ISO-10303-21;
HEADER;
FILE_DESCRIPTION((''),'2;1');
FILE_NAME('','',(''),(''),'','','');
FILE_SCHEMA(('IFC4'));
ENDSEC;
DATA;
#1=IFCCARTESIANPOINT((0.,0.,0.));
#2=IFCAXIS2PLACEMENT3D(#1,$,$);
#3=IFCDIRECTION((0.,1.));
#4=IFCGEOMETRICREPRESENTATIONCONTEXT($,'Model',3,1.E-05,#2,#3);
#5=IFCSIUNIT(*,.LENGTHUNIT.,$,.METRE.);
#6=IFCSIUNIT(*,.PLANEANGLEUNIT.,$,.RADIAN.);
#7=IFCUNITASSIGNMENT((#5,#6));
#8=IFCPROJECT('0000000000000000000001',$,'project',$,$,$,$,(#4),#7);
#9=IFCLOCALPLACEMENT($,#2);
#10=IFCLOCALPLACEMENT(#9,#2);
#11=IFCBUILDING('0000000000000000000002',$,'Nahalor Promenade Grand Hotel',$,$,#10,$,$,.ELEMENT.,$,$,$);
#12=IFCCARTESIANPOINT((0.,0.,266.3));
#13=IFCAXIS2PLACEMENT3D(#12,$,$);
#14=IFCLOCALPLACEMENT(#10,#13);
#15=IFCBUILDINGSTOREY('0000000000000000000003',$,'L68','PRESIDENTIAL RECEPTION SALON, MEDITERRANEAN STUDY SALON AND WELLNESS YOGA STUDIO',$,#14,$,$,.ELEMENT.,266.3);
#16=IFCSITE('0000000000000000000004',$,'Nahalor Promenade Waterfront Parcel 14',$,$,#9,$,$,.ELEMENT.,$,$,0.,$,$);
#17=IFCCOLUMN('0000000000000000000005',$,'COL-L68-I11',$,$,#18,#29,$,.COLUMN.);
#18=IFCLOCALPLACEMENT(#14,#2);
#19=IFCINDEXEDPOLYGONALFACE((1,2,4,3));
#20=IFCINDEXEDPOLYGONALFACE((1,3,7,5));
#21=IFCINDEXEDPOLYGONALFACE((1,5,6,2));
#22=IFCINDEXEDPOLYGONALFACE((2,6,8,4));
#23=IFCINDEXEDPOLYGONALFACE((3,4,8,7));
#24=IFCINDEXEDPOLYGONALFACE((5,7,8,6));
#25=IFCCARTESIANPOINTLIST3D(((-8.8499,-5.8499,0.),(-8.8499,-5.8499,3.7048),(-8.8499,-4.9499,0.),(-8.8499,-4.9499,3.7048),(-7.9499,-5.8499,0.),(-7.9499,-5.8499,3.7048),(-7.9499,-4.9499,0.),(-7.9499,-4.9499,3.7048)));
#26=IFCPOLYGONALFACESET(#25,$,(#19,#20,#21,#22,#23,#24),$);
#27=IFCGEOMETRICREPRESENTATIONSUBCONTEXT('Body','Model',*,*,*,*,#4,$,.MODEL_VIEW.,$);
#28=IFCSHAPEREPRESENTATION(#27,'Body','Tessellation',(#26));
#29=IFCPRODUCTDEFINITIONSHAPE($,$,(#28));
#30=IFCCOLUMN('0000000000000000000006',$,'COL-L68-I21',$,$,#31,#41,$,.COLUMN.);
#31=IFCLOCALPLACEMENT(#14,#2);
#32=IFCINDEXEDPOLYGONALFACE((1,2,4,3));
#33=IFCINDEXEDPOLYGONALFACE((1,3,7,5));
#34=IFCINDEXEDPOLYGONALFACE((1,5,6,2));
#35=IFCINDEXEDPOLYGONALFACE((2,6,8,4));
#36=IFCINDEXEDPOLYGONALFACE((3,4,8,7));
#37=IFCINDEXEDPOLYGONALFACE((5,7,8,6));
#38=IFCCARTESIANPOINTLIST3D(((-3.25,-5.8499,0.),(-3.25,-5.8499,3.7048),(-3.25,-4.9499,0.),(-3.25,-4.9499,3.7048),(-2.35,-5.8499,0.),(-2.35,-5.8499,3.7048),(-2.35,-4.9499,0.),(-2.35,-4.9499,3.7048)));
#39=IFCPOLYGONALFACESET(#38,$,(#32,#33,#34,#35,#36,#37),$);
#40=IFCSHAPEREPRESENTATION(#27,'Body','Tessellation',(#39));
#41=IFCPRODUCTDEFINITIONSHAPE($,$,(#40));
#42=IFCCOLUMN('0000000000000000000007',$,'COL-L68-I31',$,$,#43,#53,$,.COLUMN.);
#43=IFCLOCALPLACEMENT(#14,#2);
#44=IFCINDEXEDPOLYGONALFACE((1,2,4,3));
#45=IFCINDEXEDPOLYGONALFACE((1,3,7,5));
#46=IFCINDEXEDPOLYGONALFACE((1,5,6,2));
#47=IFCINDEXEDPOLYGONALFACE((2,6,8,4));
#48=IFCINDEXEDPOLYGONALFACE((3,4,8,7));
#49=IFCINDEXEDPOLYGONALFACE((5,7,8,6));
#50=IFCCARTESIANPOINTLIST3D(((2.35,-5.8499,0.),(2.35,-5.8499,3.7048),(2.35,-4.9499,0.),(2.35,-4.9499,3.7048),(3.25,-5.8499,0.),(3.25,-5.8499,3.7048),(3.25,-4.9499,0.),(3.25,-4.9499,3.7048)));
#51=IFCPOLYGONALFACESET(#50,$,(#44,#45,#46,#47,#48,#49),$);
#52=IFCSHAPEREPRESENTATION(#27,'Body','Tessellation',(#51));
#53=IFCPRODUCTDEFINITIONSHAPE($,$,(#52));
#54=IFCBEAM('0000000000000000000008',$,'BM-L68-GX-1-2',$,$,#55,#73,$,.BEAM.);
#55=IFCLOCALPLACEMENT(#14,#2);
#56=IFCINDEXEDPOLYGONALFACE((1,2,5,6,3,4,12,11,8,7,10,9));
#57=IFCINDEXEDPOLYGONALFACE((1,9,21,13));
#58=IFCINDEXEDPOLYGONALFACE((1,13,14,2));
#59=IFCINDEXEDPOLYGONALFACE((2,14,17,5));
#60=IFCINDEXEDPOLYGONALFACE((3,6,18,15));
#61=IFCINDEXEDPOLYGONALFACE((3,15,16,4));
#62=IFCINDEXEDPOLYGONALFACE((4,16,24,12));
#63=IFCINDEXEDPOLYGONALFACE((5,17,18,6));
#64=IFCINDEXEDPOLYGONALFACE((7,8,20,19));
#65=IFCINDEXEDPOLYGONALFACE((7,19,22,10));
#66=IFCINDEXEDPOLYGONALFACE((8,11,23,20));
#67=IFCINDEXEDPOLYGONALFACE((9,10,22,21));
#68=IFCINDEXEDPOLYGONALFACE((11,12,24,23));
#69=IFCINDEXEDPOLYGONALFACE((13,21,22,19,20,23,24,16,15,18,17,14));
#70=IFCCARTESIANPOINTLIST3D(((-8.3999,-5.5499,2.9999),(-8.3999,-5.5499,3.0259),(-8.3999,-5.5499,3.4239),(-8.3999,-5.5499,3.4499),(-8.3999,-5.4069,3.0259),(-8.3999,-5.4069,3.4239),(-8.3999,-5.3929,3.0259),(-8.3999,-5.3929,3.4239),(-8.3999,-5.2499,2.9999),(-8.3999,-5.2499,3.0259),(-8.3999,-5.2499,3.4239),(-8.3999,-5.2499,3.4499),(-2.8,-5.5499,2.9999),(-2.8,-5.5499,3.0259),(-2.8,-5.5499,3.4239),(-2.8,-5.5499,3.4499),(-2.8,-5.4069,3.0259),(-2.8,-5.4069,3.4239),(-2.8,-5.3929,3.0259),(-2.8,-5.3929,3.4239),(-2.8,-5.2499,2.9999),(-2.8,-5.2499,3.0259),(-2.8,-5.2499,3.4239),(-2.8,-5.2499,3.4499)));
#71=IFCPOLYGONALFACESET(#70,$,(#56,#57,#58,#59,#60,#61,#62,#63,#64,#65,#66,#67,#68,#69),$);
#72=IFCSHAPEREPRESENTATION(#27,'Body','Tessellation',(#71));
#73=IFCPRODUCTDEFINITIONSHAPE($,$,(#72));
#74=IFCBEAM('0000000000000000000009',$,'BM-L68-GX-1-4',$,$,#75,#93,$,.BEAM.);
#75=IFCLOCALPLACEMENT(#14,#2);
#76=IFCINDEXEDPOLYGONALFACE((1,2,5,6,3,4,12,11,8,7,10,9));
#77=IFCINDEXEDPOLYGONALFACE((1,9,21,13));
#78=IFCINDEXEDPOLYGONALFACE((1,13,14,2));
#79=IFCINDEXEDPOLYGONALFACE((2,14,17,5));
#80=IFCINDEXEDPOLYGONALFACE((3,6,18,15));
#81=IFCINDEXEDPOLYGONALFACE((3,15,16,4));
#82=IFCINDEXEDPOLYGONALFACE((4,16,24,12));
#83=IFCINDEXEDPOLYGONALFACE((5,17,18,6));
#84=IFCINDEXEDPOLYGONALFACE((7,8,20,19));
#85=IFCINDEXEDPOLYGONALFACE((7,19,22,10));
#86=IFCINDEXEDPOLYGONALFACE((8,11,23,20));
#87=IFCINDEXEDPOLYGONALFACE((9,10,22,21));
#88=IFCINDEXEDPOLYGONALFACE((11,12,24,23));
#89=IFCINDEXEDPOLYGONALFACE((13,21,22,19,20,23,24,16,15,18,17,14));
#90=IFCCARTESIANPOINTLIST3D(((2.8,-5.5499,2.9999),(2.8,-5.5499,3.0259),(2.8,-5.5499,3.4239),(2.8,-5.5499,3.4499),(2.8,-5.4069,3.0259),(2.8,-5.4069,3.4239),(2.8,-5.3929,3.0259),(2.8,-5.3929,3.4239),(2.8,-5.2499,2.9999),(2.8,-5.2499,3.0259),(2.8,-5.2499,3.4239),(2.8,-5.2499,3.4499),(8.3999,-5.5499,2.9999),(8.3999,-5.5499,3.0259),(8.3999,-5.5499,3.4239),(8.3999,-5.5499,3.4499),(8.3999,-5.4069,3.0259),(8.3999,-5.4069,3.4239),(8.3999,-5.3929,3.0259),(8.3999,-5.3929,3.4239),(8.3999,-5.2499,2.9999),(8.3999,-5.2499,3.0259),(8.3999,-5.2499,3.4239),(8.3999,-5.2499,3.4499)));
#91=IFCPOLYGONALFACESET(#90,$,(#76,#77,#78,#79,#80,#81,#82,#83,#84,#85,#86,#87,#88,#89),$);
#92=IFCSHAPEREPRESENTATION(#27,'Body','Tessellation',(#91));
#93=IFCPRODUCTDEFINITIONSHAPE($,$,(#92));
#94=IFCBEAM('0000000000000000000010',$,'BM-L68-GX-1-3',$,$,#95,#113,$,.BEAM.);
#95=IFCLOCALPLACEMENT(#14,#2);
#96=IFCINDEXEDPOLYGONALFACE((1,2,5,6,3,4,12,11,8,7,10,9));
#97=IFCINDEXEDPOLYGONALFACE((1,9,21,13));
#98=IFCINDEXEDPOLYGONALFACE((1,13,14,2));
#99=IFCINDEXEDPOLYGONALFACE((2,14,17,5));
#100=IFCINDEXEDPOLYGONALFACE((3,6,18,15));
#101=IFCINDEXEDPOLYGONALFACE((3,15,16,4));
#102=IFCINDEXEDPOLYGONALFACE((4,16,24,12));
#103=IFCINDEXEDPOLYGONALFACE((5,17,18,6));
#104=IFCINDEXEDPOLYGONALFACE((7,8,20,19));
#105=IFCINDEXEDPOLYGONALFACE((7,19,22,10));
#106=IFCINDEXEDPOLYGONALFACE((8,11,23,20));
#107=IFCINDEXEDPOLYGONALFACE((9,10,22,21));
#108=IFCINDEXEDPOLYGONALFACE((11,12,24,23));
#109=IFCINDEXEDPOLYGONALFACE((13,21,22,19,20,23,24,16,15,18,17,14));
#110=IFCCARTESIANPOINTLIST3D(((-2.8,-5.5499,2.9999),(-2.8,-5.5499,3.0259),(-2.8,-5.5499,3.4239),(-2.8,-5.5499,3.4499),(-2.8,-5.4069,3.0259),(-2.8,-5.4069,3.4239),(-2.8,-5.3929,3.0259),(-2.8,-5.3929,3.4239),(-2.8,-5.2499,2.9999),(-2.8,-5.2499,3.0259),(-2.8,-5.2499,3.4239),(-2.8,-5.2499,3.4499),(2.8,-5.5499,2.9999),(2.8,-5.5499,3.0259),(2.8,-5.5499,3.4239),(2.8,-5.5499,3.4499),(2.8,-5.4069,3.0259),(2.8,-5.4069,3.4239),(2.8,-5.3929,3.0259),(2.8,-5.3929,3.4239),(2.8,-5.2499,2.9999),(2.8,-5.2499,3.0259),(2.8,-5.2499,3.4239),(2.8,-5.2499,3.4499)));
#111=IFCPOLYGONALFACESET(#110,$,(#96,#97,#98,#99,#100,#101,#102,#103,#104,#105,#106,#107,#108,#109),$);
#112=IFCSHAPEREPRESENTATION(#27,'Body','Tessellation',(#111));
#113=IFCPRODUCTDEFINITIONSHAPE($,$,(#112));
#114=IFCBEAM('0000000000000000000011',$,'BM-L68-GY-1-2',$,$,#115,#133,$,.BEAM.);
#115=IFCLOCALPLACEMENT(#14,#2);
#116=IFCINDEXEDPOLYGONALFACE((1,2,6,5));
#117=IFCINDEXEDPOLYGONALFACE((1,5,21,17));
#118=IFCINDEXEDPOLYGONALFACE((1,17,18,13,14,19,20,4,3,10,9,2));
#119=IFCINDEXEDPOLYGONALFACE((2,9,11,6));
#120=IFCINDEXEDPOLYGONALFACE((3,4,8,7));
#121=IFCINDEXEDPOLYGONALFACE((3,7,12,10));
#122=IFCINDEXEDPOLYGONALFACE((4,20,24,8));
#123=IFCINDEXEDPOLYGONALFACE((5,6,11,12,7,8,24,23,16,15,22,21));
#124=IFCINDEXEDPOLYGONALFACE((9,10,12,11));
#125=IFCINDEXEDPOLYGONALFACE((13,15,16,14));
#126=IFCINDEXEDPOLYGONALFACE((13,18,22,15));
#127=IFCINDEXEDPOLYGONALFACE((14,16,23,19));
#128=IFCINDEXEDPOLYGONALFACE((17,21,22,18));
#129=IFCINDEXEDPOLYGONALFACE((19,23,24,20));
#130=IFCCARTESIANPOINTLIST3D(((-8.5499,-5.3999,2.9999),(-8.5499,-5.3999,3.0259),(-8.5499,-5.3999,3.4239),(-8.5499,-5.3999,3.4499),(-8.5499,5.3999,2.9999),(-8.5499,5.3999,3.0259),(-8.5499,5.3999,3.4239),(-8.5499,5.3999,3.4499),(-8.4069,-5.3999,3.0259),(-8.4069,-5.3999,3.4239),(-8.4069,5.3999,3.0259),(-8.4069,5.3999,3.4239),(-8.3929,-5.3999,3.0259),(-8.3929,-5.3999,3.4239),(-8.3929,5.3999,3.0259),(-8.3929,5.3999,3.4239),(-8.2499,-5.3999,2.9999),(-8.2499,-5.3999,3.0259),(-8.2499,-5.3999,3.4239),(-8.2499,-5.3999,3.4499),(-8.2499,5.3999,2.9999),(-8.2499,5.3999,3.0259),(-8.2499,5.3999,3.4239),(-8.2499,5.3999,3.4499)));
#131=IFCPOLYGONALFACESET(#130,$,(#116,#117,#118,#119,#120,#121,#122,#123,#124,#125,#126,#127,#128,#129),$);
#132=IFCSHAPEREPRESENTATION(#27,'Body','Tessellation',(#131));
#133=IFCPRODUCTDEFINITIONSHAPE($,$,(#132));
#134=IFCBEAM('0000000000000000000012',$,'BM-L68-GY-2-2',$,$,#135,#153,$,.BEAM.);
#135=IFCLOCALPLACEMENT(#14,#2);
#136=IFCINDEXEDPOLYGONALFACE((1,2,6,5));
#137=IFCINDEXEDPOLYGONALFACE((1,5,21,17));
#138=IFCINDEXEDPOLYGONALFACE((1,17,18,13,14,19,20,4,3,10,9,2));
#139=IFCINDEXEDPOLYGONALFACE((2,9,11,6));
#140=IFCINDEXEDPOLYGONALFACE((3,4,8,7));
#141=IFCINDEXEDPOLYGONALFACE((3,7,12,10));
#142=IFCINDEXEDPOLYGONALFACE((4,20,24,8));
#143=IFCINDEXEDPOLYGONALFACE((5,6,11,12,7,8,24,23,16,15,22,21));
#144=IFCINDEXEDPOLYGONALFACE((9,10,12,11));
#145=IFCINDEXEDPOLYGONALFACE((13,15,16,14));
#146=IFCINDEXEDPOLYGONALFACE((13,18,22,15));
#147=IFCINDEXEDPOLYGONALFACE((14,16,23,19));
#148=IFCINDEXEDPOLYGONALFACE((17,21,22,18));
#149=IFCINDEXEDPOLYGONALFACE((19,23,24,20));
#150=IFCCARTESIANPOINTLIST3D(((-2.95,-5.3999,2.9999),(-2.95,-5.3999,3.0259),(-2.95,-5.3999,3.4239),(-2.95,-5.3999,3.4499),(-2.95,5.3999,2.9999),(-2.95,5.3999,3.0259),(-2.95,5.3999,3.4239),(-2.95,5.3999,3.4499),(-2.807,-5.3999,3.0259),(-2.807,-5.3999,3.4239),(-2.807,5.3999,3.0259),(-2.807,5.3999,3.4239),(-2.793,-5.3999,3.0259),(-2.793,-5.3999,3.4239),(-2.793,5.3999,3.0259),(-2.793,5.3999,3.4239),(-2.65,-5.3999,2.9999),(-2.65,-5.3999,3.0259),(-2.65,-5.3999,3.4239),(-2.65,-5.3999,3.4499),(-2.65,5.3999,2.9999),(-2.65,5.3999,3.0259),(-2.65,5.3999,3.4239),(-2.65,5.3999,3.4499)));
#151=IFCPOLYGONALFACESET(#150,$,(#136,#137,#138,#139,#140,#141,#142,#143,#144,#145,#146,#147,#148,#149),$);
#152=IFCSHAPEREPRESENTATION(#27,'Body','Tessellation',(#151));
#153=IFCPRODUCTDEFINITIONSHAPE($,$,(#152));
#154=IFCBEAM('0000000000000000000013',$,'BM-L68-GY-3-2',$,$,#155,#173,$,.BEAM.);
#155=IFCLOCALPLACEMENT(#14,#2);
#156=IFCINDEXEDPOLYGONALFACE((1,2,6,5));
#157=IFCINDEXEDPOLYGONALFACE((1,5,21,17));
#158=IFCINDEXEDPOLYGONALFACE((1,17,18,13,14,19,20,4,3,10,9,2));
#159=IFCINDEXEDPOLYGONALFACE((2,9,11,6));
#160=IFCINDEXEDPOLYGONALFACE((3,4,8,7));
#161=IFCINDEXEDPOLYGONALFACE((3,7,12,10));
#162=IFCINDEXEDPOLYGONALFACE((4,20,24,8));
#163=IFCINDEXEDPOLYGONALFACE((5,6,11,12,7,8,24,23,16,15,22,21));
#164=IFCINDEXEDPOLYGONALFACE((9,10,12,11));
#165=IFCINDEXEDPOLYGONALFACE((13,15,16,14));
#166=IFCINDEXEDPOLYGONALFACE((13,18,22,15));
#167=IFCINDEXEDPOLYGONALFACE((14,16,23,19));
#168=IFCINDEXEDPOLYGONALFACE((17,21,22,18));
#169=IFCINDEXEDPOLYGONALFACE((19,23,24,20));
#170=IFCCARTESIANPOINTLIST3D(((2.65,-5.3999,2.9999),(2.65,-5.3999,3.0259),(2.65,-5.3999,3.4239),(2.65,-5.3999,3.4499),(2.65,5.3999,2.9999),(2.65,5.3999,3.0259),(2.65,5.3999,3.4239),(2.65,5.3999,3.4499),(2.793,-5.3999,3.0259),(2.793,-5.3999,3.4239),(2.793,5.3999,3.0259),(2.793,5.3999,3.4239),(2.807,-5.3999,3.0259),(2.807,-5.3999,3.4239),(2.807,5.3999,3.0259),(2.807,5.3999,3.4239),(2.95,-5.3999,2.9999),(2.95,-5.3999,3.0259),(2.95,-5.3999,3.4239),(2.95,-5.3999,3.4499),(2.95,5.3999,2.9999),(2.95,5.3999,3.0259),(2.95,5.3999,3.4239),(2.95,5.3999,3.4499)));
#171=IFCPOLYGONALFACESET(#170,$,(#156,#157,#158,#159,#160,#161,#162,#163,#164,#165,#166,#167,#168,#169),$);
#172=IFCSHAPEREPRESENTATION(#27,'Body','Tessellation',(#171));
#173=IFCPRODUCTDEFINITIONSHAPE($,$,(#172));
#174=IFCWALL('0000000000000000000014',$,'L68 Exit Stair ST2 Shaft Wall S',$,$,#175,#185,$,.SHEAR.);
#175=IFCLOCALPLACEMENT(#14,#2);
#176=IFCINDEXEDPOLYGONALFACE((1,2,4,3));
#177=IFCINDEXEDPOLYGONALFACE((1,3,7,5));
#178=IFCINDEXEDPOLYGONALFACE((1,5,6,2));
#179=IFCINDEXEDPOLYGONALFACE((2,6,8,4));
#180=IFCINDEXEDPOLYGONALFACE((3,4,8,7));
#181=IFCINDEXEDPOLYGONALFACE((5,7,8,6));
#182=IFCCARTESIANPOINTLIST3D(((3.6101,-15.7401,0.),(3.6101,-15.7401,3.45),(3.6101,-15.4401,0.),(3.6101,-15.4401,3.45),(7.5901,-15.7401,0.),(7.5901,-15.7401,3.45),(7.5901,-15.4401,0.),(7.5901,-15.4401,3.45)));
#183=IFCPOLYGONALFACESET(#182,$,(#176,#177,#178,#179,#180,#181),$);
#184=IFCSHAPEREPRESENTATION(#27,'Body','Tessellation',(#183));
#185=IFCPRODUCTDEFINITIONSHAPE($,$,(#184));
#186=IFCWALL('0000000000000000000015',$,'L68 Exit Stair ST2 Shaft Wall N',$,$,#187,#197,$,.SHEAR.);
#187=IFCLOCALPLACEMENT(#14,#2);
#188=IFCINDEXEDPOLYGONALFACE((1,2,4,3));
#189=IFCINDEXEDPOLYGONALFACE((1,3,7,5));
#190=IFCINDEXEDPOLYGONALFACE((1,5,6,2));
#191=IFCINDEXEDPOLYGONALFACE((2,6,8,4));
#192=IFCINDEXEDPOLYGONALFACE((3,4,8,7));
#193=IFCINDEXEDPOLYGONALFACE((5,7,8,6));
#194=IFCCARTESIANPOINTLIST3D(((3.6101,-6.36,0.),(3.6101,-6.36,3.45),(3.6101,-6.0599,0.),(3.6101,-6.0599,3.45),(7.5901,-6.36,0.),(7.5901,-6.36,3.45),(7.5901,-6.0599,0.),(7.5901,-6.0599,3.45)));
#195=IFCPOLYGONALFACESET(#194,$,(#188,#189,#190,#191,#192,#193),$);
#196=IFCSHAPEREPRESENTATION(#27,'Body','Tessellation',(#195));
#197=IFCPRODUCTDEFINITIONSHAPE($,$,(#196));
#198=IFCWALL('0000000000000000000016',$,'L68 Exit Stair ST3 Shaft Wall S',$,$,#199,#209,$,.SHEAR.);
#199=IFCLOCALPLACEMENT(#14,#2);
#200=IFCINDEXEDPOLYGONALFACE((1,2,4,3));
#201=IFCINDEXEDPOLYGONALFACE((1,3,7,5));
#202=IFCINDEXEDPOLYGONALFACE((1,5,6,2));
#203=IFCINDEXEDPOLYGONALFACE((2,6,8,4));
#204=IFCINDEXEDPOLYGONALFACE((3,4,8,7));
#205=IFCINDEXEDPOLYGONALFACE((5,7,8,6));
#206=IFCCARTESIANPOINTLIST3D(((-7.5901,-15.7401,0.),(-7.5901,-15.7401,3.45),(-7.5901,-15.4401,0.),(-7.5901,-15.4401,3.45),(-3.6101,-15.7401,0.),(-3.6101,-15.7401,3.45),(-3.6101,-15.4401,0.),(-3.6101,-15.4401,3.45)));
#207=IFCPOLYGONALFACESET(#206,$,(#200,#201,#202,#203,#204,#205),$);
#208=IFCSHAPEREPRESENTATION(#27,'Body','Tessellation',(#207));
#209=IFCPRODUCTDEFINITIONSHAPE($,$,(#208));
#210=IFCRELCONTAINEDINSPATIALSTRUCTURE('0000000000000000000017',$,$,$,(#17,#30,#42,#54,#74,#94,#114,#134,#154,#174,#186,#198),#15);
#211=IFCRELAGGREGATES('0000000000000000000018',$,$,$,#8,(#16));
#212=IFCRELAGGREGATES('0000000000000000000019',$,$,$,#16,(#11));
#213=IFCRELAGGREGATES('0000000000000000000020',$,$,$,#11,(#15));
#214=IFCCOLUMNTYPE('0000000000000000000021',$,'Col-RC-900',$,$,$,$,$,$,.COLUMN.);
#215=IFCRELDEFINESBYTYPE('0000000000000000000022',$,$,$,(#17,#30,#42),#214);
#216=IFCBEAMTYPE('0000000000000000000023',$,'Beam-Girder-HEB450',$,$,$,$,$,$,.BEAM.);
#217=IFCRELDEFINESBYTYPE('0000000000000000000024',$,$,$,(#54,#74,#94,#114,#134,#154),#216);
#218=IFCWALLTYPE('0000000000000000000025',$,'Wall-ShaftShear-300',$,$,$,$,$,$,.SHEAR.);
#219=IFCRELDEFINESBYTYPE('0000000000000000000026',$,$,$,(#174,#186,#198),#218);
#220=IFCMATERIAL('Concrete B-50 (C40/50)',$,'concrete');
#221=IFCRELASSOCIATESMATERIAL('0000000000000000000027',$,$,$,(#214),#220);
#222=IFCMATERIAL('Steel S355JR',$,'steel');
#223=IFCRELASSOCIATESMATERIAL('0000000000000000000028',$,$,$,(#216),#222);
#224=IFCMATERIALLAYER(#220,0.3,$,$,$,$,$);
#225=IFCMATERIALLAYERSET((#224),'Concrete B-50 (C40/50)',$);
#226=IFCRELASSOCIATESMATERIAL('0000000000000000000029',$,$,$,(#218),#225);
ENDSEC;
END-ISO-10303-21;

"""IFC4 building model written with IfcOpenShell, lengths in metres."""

from ifc_helpers import new_model, si_unit, direction, frame, frame_2d, origin, origin_2d, place, context, subcontext, project, spatial, rectangle, i_section, extrude, source, transform, mapped, material, layer, layer_set, material_profile, profile_set, type_object, element, save


model = new_model("IFC4")

# Units and contexts
model_context = context("Model", 3, precision=1e-05, world=origin(), true_north=direction((0.0, 1.0)))
body_context = subcontext(model_context, "Body", "Model", "MODEL_VIEW")
ifc_project = project(units=[si_unit("LENGTHUNIT", "METRE"), si_unit("PLANEANGLEUNIT", "RADIAN")], contexts=[model_context])

# Site, building, storey
site_placement = place(None, origin())
site = spatial("IfcSite", under=ifc_project, at=site_placement, Name="Nahalor Promenade Waterfront Parcel 14", CompositionType="ELEMENT", RefElevation=0.0)
building_placement = place(site_placement, origin())
building = spatial("IfcBuilding", under=site, at=building_placement, Name="Nahalor Promenade Grand Hotel", CompositionType="ELEMENT")
storey_placement = place(building_placement, frame((0.0, 0.0, 266.3)))
storey = spatial("IfcBuildingStorey", under=building, at=storey_placement, Name="L68", Description="PRESIDENTIAL RECEPTION SALON, MEDITERRANEAN STUDY SALON AND WELLNESS YOGA STUDIO", CompositionType="ELEMENT", Elevation=266.3)

# Columns
ifc_material_1 = material(Name="Concrete B-50 (C40/50)", Category="concrete")
ifc_material_profile_1 = material_profile(ifc_material_1, rectangle(XDim=0.9, YDim=0.9, at=origin_2d()), Name="RC 900x900")
ifc_profile_set_1 = profile_set([ifc_material_profile_1], Name="Concrete B-50 (C40/50)")
column_type = type_object("IfcColumnType", Name="Col-RC-900", PredefinedType="COLUMN", material=ifc_profile_set_1)
shared_shape_1 = source(origin(), body_context, "Body", "SweptSolid", [
    extrude(rectangle(XDim=0.9, YDim=0.9, at=origin_2d()), origin(), (0.0, 0.0, 1.0), 3.7048),
])
for number, where, z_axis, x_axis, name in (
    (1, (-8.3999, -5.3999, 0.0), (0.0, 0.0, 1.0), (1.0, 0.0, 0.0), "COL-L68-I11"),
    (2, (-2.8, -5.3999, 0.0), (0.0, 0.0, 1.0), (1.0, 0.0, 0.0), "COL-L68-I21"),
    (3, (2.8, -5.3999, 0.0), (0.0, 0.0, 1.0), (1.0, 0.0, 0.0), "COL-L68-I31"),
):
    element("IfcColumn", number, at=place(storey_placement, frame(where, z_axis=z_axis, x_axis=x_axis)), inside=storey, type_object=column_type, Name=name, PredefinedType="COLUMN", context=body_context, shape_type="MappedRepresentation", body=[
        mapped(shared_shape_1, transform((0.0, 0.0, 0.0), scale=1.0)),
    ])

# Beams
ifc_material_2 = material(Name="Steel S355JR", Category="steel")
ifc_material_profile_2 = material_profile(ifc_material_2, i_section(OverallWidth=0.3, OverallDepth=0.45, WebThickness=0.014, FlangeThickness=0.026, at=origin_2d()), Name="HEB 450")
ifc_profile_set_2 = profile_set([ifc_material_profile_2], Name="Steel S355JR")
beam_type = type_object("IfcBeamType", Name="Beam-Girder-HEB450", PredefinedType="BEAM", material=ifc_profile_set_2)
shared_shape_2 = source(origin(), body_context, "Body", "SweptSolid", [
    extrude(i_section(OverallWidth=0.3, OverallDepth=0.45, WebThickness=0.014, FlangeThickness=0.026, at=origin_2d()), origin(), (0.0, 0.0, 1.0), 5.5999),
])
for number, where, z_axis, x_axis, name in (
    (4, (-8.3999, -5.3999, 3.2249), (1.0, 0.0, 0.0), (0.0, 1.0, 0.0), "BM-L68-GX-1-2"),
    (5, (2.8, -5.3999, 3.2249), (1.0, 0.0, 0.0), (0.0, 1.0, 0.0), "BM-L68-GX-1-4"),
):
    element("IfcBeam", number, at=place(storey_placement, frame(where, z_axis=z_axis, x_axis=x_axis)), inside=storey, type_object=beam_type, Name=name, PredefinedType="BEAM", context=body_context, shape_type="MappedRepresentation", body=[
        mapped(shared_shape_2, transform((0.0, 0.0, 0.0), scale=1.0)),
    ])
shared_shape_3 = source(origin(), body_context, "Body", "SweptSolid", [
    extrude(i_section(OverallWidth=0.3, OverallDepth=0.45, WebThickness=0.014, FlangeThickness=0.026, at=origin_2d()), origin(), (0.0, 0.0, 1.0), 5.6001),
])
beam_placement = place(storey_placement, frame((-2.8, -5.3999, 3.2249), z_axis=(1.0, 0.0, 0.0), x_axis=(0.0, 1.0, 0.0)))
element("IfcBeam", 6, at=beam_placement, inside=storey, type_object=beam_type, Name="BM-L68-GX-1-3", PredefinedType="BEAM", context=body_context, shape_type="MappedRepresentation", body=[
    mapped(shared_shape_3, transform((0.0, 0.0, 0.0), scale=1.0)),
])
shared_shape_4 = source(origin(), body_context, "Body", "SweptSolid", [
    extrude(i_section(OverallWidth=0.3, OverallDepth=0.45, WebThickness=0.014, FlangeThickness=0.026, at=origin_2d()), origin(), (0.0, 0.0, 1.0), 10.7998),
])
for number, where, z_axis, x_axis, name in (
    (7, (-8.3999, -5.3999, 3.2249), (0.0, 1.0, 0.0), (-1.0, 0.0, 0.0), "BM-L68-GY-1-2"),
    (8, (-2.8, -5.3999, 3.2249), (0.0, 1.0, 0.0), (-1.0, 0.0, 0.0), "BM-L68-GY-2-2"),
    (9, (2.8, -5.3999, 3.2249), (0.0, 1.0, 0.0), (-1.0, 0.0, 0.0), "BM-L68-GY-3-2"),
):
    element("IfcBeam", number, at=place(storey_placement, frame(where, z_axis=z_axis, x_axis=x_axis)), inside=storey, type_object=beam_type, Name=name, PredefinedType="BEAM", context=body_context, shape_type="MappedRepresentation", body=[
        mapped(shared_shape_4, transform((0.0, 0.0, 0.0), scale=1.0)),
    ])

# Walls
ifc_layer_1 = layer(ifc_material_1, 0.3)
ifc_layer_set_1 = layer_set([ifc_layer_1], Name="Concrete B-50 (C40/50)")
wall_type = type_object("IfcWallType", Name="Wall-ShaftShear-300", PredefinedType="SHEAR", material=ifc_layer_set_1)
shared_shape_5 = source(origin(), body_context, "Body", "SweptSolid", [
    extrude(rectangle(XDim=3.98, YDim=0.3, at=frame_2d((1.99, 0.0))), origin(), (0.0, 0.0, 1.0), 3.45),
])
for number, where, z_axis, x_axis, name in (
    (10, (3.6101, -15.5901, 0.0), (0.0, 0.0, 1.0), (1.0, 0.0, 0.0), "L68 Exit Stair ST2 Shaft Wall S"),
    (11, (3.6101, -6.21, 0.0), (0.0, 0.0, 1.0), (1.0, 0.0, 0.0), "L68 Exit Stair ST2 Shaft Wall N"),
    (12, (-7.5901, -15.5901, 0.0), (0.0, 0.0, 1.0), (1.0, 0.0, 0.0), "L68 Exit Stair ST3 Shaft Wall S"),
):
    element("IfcWall", number, at=place(storey_placement, frame(where, z_axis=z_axis, x_axis=x_axis)), inside=storey, type_object=wall_type, Name=name, PredefinedType="SHEAR", context=body_context, shape_type="MappedRepresentation", body=[
        mapped(shared_shape_5, transform((0.0, 0.0, 0.0), scale=1.0)),
    ])

save(model, "model.ifc")
